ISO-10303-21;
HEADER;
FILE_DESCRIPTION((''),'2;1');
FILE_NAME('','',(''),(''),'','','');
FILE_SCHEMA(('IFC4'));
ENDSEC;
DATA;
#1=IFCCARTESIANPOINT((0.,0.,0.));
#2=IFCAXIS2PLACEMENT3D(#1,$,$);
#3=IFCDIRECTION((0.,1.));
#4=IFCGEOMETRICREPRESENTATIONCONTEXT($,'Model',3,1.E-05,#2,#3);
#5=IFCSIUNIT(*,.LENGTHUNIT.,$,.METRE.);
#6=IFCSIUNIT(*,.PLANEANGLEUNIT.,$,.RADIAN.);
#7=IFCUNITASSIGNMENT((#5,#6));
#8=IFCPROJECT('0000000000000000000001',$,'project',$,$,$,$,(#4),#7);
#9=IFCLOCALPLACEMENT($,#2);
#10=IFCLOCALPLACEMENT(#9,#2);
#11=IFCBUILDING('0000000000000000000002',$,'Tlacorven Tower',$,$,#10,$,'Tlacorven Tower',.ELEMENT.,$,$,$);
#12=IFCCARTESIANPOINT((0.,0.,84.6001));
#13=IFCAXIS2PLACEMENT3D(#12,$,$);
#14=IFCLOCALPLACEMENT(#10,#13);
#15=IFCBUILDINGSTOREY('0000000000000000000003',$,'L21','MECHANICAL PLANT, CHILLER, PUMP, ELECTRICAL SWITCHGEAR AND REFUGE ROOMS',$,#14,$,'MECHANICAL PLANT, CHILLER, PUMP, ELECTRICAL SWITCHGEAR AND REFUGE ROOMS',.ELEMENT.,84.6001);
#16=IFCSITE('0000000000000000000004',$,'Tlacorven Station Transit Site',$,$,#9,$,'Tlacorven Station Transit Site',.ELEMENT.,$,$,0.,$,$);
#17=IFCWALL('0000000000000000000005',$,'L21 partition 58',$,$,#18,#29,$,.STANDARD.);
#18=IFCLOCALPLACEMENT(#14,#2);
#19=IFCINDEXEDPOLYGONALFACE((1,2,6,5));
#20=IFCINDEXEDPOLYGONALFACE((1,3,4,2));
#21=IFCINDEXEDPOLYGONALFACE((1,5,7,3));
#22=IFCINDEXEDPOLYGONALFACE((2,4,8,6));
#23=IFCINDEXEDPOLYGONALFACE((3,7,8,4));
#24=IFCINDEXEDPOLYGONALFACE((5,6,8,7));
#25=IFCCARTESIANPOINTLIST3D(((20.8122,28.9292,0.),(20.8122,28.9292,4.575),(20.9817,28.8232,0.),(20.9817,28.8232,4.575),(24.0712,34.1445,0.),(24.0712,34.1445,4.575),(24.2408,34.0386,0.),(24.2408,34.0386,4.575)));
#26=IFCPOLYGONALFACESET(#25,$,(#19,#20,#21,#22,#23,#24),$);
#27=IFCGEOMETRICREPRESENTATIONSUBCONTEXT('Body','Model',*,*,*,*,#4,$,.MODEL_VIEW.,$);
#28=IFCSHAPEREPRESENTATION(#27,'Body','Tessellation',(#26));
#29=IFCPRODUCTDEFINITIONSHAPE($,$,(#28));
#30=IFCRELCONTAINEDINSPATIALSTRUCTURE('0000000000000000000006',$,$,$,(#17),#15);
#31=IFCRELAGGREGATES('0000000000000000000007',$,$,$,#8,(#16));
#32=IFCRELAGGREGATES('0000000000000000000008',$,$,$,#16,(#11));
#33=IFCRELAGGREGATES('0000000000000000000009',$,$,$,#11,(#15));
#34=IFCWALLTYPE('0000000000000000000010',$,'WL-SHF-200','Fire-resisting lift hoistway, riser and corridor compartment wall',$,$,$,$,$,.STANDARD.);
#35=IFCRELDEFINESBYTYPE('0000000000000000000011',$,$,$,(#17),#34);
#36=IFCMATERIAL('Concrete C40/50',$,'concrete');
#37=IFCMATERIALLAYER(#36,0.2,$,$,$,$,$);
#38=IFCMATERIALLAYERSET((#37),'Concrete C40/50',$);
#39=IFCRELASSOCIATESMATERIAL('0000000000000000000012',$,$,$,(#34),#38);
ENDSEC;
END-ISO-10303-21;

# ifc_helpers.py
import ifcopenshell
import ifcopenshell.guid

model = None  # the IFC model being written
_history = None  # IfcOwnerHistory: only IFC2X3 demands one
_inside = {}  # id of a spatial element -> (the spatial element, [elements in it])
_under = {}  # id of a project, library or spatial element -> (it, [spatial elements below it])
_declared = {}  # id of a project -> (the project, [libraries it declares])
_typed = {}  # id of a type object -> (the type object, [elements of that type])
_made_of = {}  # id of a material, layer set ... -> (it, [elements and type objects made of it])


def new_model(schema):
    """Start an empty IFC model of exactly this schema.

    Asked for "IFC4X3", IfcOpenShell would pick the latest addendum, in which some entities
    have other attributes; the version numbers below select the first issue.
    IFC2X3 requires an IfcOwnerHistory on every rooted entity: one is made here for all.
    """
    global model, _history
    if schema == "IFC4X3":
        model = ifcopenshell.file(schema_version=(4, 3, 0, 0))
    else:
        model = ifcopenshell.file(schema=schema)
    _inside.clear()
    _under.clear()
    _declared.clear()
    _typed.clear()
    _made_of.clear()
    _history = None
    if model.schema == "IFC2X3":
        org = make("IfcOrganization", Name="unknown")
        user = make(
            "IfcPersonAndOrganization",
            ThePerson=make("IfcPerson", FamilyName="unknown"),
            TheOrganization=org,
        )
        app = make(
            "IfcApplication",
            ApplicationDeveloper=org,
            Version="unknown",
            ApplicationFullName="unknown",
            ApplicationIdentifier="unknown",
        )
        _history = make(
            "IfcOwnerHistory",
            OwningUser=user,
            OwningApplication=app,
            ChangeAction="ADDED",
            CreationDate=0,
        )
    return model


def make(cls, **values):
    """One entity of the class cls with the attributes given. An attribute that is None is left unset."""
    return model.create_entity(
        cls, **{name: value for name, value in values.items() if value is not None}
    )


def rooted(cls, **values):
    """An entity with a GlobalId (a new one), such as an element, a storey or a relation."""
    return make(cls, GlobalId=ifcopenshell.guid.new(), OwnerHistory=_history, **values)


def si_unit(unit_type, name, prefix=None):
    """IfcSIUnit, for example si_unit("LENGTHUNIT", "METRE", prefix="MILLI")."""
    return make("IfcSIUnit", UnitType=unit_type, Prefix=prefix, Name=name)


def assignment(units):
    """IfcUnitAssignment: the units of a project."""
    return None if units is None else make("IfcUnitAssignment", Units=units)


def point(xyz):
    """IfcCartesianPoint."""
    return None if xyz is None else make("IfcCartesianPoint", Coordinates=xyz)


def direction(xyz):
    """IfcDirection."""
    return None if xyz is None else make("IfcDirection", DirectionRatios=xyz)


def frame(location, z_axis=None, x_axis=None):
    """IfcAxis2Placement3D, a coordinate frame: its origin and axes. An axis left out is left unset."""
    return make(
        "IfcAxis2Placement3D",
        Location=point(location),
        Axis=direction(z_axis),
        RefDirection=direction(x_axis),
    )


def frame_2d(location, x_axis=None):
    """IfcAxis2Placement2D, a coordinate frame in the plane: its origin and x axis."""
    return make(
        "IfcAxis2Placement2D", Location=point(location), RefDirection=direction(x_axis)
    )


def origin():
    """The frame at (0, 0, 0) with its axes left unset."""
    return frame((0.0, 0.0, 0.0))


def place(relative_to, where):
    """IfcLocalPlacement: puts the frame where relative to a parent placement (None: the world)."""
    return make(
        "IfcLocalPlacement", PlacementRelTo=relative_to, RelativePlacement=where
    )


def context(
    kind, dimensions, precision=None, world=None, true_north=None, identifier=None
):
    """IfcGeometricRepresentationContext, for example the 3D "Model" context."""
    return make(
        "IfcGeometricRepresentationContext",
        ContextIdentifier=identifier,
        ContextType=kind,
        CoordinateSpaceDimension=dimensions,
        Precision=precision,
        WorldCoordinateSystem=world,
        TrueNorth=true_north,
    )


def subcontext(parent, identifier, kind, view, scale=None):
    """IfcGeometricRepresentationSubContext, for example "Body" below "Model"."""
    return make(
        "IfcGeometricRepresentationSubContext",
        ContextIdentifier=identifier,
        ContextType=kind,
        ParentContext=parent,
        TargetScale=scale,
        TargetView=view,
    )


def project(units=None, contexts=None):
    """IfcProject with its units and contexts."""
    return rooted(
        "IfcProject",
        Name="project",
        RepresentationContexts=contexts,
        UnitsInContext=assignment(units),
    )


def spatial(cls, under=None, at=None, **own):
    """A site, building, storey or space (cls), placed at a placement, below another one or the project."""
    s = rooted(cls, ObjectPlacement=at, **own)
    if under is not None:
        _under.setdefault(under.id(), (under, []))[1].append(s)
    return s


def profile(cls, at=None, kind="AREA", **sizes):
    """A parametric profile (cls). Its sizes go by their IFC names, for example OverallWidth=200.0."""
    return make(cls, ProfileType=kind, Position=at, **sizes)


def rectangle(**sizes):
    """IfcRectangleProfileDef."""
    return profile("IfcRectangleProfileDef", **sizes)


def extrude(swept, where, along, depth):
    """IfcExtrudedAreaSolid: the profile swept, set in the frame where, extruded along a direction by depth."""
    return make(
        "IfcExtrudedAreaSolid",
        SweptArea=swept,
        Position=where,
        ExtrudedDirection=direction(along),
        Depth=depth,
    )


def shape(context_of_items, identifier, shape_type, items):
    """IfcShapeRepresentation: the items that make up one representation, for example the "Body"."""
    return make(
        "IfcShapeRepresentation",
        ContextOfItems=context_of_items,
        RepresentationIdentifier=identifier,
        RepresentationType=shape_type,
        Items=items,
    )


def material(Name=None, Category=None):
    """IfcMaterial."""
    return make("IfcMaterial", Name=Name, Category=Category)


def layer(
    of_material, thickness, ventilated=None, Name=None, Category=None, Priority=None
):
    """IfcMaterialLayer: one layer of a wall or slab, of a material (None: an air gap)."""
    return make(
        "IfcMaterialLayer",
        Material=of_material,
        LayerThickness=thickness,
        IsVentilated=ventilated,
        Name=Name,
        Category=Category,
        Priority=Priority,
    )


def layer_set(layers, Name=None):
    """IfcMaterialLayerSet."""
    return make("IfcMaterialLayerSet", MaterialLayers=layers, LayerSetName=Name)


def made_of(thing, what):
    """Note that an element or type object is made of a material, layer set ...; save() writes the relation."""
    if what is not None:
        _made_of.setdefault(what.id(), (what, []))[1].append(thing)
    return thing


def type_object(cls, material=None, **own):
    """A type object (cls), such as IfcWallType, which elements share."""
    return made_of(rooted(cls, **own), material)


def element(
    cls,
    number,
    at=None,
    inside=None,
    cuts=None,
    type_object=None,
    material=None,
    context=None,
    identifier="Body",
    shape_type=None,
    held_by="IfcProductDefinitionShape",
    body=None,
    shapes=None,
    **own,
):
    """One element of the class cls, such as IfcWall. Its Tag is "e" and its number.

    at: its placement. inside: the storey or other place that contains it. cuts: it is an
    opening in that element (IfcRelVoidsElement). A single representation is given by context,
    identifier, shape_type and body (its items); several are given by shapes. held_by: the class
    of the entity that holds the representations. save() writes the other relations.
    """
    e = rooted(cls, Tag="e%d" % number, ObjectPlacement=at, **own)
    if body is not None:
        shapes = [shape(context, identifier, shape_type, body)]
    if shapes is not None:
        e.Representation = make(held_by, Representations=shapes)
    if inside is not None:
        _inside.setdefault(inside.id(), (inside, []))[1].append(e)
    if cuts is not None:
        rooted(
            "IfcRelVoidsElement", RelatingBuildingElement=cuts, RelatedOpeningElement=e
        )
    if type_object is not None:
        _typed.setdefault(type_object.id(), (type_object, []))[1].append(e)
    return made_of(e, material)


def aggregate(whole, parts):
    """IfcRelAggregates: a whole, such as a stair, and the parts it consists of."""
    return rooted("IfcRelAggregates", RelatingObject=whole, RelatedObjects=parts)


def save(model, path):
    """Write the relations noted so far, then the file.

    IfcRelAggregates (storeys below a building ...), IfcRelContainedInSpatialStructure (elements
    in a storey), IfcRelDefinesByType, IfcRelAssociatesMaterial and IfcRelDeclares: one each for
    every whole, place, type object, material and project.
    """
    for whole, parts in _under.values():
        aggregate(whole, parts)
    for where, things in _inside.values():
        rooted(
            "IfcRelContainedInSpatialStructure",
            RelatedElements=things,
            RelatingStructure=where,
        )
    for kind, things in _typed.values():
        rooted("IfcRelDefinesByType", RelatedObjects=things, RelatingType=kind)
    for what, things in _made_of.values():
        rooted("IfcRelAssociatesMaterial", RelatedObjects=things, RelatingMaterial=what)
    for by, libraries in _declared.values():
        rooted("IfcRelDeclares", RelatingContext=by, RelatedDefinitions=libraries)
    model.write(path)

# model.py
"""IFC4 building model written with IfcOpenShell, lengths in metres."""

from ifc_helpers import new_model, si_unit, direction, frame, frame_2d, origin, place, context, subcontext, project, spatial, rectangle, extrude, material, layer, layer_set, type_object, element, save


model = new_model("IFC4")

# Units and contexts
model_context = context("Model", 3, precision=1e-05, world=origin(), true_north=direction((0.0, 1.0)))
body_context = subcontext(model_context, "Body", "Model", "MODEL_VIEW")
ifc_project = project(units=[si_unit("LENGTHUNIT", "METRE"), si_unit("PLANEANGLEUNIT", "RADIAN")], contexts=[model_context])

# Site, building, storey
site_placement = place(None, origin())
site = spatial("IfcSite", under=ifc_project, at=site_placement, Name="Tlacorven Station Transit Site", LongName="Tlacorven Station Transit Site", CompositionType="ELEMENT", RefElevation=0.0)
building_placement = place(site_placement, origin())
building = spatial("IfcBuilding", under=site, at=building_placement, Name="Tlacorven Tower", LongName="Tlacorven Tower", CompositionType="ELEMENT")
storey_placement = place(building_placement, frame((0.0, 0.0, 84.6001)))
storey = spatial("IfcBuildingStorey", under=building, at=storey_placement, Name="L21", Description="MECHANICAL PLANT, CHILLER, PUMP, ELECTRICAL SWITCHGEAR AND REFUGE ROOMS", LongName="MECHANICAL PLANT, CHILLER, PUMP, ELECTRICAL SWITCHGEAR AND REFUGE ROOMS", CompositionType="ELEMENT", Elevation=84.6001)

# Wall
ifc_material_1 = material(Name="Concrete C40/50", Category="concrete")
ifc_layer_1 = layer(ifc_material_1, 0.2)
ifc_layer_set_1 = layer_set([ifc_layer_1], Name="Concrete C40/50")
wall_type = type_object("IfcWallType", Name="WL-SHF-200", Description="Fire-resisting lift hoistway, riser and corridor compartment wall", PredefinedType="STANDARD", material=ifc_layer_set_1)
wall_1_placement = place(storey_placement, frame((24.156, 34.0916, 0.0), z_axis=(0.0, 0.0, 1.0), x_axis=(-0.529935, -0.848038, 0.0)))
element("IfcWall", 1, at=wall_1_placement, inside=storey, type_object=wall_type, Name="L21 partition 58", PredefinedType="STANDARD", context=body_context, shape_type="SweptSolid", body=[
    extrude(rectangle(XDim=6.1499, YDim=0.2, at=frame_2d((3.075, 0.0))), origin(), (0.0, 0.0, 1.0), 4.575),
])

save(model, "model.ifc")
